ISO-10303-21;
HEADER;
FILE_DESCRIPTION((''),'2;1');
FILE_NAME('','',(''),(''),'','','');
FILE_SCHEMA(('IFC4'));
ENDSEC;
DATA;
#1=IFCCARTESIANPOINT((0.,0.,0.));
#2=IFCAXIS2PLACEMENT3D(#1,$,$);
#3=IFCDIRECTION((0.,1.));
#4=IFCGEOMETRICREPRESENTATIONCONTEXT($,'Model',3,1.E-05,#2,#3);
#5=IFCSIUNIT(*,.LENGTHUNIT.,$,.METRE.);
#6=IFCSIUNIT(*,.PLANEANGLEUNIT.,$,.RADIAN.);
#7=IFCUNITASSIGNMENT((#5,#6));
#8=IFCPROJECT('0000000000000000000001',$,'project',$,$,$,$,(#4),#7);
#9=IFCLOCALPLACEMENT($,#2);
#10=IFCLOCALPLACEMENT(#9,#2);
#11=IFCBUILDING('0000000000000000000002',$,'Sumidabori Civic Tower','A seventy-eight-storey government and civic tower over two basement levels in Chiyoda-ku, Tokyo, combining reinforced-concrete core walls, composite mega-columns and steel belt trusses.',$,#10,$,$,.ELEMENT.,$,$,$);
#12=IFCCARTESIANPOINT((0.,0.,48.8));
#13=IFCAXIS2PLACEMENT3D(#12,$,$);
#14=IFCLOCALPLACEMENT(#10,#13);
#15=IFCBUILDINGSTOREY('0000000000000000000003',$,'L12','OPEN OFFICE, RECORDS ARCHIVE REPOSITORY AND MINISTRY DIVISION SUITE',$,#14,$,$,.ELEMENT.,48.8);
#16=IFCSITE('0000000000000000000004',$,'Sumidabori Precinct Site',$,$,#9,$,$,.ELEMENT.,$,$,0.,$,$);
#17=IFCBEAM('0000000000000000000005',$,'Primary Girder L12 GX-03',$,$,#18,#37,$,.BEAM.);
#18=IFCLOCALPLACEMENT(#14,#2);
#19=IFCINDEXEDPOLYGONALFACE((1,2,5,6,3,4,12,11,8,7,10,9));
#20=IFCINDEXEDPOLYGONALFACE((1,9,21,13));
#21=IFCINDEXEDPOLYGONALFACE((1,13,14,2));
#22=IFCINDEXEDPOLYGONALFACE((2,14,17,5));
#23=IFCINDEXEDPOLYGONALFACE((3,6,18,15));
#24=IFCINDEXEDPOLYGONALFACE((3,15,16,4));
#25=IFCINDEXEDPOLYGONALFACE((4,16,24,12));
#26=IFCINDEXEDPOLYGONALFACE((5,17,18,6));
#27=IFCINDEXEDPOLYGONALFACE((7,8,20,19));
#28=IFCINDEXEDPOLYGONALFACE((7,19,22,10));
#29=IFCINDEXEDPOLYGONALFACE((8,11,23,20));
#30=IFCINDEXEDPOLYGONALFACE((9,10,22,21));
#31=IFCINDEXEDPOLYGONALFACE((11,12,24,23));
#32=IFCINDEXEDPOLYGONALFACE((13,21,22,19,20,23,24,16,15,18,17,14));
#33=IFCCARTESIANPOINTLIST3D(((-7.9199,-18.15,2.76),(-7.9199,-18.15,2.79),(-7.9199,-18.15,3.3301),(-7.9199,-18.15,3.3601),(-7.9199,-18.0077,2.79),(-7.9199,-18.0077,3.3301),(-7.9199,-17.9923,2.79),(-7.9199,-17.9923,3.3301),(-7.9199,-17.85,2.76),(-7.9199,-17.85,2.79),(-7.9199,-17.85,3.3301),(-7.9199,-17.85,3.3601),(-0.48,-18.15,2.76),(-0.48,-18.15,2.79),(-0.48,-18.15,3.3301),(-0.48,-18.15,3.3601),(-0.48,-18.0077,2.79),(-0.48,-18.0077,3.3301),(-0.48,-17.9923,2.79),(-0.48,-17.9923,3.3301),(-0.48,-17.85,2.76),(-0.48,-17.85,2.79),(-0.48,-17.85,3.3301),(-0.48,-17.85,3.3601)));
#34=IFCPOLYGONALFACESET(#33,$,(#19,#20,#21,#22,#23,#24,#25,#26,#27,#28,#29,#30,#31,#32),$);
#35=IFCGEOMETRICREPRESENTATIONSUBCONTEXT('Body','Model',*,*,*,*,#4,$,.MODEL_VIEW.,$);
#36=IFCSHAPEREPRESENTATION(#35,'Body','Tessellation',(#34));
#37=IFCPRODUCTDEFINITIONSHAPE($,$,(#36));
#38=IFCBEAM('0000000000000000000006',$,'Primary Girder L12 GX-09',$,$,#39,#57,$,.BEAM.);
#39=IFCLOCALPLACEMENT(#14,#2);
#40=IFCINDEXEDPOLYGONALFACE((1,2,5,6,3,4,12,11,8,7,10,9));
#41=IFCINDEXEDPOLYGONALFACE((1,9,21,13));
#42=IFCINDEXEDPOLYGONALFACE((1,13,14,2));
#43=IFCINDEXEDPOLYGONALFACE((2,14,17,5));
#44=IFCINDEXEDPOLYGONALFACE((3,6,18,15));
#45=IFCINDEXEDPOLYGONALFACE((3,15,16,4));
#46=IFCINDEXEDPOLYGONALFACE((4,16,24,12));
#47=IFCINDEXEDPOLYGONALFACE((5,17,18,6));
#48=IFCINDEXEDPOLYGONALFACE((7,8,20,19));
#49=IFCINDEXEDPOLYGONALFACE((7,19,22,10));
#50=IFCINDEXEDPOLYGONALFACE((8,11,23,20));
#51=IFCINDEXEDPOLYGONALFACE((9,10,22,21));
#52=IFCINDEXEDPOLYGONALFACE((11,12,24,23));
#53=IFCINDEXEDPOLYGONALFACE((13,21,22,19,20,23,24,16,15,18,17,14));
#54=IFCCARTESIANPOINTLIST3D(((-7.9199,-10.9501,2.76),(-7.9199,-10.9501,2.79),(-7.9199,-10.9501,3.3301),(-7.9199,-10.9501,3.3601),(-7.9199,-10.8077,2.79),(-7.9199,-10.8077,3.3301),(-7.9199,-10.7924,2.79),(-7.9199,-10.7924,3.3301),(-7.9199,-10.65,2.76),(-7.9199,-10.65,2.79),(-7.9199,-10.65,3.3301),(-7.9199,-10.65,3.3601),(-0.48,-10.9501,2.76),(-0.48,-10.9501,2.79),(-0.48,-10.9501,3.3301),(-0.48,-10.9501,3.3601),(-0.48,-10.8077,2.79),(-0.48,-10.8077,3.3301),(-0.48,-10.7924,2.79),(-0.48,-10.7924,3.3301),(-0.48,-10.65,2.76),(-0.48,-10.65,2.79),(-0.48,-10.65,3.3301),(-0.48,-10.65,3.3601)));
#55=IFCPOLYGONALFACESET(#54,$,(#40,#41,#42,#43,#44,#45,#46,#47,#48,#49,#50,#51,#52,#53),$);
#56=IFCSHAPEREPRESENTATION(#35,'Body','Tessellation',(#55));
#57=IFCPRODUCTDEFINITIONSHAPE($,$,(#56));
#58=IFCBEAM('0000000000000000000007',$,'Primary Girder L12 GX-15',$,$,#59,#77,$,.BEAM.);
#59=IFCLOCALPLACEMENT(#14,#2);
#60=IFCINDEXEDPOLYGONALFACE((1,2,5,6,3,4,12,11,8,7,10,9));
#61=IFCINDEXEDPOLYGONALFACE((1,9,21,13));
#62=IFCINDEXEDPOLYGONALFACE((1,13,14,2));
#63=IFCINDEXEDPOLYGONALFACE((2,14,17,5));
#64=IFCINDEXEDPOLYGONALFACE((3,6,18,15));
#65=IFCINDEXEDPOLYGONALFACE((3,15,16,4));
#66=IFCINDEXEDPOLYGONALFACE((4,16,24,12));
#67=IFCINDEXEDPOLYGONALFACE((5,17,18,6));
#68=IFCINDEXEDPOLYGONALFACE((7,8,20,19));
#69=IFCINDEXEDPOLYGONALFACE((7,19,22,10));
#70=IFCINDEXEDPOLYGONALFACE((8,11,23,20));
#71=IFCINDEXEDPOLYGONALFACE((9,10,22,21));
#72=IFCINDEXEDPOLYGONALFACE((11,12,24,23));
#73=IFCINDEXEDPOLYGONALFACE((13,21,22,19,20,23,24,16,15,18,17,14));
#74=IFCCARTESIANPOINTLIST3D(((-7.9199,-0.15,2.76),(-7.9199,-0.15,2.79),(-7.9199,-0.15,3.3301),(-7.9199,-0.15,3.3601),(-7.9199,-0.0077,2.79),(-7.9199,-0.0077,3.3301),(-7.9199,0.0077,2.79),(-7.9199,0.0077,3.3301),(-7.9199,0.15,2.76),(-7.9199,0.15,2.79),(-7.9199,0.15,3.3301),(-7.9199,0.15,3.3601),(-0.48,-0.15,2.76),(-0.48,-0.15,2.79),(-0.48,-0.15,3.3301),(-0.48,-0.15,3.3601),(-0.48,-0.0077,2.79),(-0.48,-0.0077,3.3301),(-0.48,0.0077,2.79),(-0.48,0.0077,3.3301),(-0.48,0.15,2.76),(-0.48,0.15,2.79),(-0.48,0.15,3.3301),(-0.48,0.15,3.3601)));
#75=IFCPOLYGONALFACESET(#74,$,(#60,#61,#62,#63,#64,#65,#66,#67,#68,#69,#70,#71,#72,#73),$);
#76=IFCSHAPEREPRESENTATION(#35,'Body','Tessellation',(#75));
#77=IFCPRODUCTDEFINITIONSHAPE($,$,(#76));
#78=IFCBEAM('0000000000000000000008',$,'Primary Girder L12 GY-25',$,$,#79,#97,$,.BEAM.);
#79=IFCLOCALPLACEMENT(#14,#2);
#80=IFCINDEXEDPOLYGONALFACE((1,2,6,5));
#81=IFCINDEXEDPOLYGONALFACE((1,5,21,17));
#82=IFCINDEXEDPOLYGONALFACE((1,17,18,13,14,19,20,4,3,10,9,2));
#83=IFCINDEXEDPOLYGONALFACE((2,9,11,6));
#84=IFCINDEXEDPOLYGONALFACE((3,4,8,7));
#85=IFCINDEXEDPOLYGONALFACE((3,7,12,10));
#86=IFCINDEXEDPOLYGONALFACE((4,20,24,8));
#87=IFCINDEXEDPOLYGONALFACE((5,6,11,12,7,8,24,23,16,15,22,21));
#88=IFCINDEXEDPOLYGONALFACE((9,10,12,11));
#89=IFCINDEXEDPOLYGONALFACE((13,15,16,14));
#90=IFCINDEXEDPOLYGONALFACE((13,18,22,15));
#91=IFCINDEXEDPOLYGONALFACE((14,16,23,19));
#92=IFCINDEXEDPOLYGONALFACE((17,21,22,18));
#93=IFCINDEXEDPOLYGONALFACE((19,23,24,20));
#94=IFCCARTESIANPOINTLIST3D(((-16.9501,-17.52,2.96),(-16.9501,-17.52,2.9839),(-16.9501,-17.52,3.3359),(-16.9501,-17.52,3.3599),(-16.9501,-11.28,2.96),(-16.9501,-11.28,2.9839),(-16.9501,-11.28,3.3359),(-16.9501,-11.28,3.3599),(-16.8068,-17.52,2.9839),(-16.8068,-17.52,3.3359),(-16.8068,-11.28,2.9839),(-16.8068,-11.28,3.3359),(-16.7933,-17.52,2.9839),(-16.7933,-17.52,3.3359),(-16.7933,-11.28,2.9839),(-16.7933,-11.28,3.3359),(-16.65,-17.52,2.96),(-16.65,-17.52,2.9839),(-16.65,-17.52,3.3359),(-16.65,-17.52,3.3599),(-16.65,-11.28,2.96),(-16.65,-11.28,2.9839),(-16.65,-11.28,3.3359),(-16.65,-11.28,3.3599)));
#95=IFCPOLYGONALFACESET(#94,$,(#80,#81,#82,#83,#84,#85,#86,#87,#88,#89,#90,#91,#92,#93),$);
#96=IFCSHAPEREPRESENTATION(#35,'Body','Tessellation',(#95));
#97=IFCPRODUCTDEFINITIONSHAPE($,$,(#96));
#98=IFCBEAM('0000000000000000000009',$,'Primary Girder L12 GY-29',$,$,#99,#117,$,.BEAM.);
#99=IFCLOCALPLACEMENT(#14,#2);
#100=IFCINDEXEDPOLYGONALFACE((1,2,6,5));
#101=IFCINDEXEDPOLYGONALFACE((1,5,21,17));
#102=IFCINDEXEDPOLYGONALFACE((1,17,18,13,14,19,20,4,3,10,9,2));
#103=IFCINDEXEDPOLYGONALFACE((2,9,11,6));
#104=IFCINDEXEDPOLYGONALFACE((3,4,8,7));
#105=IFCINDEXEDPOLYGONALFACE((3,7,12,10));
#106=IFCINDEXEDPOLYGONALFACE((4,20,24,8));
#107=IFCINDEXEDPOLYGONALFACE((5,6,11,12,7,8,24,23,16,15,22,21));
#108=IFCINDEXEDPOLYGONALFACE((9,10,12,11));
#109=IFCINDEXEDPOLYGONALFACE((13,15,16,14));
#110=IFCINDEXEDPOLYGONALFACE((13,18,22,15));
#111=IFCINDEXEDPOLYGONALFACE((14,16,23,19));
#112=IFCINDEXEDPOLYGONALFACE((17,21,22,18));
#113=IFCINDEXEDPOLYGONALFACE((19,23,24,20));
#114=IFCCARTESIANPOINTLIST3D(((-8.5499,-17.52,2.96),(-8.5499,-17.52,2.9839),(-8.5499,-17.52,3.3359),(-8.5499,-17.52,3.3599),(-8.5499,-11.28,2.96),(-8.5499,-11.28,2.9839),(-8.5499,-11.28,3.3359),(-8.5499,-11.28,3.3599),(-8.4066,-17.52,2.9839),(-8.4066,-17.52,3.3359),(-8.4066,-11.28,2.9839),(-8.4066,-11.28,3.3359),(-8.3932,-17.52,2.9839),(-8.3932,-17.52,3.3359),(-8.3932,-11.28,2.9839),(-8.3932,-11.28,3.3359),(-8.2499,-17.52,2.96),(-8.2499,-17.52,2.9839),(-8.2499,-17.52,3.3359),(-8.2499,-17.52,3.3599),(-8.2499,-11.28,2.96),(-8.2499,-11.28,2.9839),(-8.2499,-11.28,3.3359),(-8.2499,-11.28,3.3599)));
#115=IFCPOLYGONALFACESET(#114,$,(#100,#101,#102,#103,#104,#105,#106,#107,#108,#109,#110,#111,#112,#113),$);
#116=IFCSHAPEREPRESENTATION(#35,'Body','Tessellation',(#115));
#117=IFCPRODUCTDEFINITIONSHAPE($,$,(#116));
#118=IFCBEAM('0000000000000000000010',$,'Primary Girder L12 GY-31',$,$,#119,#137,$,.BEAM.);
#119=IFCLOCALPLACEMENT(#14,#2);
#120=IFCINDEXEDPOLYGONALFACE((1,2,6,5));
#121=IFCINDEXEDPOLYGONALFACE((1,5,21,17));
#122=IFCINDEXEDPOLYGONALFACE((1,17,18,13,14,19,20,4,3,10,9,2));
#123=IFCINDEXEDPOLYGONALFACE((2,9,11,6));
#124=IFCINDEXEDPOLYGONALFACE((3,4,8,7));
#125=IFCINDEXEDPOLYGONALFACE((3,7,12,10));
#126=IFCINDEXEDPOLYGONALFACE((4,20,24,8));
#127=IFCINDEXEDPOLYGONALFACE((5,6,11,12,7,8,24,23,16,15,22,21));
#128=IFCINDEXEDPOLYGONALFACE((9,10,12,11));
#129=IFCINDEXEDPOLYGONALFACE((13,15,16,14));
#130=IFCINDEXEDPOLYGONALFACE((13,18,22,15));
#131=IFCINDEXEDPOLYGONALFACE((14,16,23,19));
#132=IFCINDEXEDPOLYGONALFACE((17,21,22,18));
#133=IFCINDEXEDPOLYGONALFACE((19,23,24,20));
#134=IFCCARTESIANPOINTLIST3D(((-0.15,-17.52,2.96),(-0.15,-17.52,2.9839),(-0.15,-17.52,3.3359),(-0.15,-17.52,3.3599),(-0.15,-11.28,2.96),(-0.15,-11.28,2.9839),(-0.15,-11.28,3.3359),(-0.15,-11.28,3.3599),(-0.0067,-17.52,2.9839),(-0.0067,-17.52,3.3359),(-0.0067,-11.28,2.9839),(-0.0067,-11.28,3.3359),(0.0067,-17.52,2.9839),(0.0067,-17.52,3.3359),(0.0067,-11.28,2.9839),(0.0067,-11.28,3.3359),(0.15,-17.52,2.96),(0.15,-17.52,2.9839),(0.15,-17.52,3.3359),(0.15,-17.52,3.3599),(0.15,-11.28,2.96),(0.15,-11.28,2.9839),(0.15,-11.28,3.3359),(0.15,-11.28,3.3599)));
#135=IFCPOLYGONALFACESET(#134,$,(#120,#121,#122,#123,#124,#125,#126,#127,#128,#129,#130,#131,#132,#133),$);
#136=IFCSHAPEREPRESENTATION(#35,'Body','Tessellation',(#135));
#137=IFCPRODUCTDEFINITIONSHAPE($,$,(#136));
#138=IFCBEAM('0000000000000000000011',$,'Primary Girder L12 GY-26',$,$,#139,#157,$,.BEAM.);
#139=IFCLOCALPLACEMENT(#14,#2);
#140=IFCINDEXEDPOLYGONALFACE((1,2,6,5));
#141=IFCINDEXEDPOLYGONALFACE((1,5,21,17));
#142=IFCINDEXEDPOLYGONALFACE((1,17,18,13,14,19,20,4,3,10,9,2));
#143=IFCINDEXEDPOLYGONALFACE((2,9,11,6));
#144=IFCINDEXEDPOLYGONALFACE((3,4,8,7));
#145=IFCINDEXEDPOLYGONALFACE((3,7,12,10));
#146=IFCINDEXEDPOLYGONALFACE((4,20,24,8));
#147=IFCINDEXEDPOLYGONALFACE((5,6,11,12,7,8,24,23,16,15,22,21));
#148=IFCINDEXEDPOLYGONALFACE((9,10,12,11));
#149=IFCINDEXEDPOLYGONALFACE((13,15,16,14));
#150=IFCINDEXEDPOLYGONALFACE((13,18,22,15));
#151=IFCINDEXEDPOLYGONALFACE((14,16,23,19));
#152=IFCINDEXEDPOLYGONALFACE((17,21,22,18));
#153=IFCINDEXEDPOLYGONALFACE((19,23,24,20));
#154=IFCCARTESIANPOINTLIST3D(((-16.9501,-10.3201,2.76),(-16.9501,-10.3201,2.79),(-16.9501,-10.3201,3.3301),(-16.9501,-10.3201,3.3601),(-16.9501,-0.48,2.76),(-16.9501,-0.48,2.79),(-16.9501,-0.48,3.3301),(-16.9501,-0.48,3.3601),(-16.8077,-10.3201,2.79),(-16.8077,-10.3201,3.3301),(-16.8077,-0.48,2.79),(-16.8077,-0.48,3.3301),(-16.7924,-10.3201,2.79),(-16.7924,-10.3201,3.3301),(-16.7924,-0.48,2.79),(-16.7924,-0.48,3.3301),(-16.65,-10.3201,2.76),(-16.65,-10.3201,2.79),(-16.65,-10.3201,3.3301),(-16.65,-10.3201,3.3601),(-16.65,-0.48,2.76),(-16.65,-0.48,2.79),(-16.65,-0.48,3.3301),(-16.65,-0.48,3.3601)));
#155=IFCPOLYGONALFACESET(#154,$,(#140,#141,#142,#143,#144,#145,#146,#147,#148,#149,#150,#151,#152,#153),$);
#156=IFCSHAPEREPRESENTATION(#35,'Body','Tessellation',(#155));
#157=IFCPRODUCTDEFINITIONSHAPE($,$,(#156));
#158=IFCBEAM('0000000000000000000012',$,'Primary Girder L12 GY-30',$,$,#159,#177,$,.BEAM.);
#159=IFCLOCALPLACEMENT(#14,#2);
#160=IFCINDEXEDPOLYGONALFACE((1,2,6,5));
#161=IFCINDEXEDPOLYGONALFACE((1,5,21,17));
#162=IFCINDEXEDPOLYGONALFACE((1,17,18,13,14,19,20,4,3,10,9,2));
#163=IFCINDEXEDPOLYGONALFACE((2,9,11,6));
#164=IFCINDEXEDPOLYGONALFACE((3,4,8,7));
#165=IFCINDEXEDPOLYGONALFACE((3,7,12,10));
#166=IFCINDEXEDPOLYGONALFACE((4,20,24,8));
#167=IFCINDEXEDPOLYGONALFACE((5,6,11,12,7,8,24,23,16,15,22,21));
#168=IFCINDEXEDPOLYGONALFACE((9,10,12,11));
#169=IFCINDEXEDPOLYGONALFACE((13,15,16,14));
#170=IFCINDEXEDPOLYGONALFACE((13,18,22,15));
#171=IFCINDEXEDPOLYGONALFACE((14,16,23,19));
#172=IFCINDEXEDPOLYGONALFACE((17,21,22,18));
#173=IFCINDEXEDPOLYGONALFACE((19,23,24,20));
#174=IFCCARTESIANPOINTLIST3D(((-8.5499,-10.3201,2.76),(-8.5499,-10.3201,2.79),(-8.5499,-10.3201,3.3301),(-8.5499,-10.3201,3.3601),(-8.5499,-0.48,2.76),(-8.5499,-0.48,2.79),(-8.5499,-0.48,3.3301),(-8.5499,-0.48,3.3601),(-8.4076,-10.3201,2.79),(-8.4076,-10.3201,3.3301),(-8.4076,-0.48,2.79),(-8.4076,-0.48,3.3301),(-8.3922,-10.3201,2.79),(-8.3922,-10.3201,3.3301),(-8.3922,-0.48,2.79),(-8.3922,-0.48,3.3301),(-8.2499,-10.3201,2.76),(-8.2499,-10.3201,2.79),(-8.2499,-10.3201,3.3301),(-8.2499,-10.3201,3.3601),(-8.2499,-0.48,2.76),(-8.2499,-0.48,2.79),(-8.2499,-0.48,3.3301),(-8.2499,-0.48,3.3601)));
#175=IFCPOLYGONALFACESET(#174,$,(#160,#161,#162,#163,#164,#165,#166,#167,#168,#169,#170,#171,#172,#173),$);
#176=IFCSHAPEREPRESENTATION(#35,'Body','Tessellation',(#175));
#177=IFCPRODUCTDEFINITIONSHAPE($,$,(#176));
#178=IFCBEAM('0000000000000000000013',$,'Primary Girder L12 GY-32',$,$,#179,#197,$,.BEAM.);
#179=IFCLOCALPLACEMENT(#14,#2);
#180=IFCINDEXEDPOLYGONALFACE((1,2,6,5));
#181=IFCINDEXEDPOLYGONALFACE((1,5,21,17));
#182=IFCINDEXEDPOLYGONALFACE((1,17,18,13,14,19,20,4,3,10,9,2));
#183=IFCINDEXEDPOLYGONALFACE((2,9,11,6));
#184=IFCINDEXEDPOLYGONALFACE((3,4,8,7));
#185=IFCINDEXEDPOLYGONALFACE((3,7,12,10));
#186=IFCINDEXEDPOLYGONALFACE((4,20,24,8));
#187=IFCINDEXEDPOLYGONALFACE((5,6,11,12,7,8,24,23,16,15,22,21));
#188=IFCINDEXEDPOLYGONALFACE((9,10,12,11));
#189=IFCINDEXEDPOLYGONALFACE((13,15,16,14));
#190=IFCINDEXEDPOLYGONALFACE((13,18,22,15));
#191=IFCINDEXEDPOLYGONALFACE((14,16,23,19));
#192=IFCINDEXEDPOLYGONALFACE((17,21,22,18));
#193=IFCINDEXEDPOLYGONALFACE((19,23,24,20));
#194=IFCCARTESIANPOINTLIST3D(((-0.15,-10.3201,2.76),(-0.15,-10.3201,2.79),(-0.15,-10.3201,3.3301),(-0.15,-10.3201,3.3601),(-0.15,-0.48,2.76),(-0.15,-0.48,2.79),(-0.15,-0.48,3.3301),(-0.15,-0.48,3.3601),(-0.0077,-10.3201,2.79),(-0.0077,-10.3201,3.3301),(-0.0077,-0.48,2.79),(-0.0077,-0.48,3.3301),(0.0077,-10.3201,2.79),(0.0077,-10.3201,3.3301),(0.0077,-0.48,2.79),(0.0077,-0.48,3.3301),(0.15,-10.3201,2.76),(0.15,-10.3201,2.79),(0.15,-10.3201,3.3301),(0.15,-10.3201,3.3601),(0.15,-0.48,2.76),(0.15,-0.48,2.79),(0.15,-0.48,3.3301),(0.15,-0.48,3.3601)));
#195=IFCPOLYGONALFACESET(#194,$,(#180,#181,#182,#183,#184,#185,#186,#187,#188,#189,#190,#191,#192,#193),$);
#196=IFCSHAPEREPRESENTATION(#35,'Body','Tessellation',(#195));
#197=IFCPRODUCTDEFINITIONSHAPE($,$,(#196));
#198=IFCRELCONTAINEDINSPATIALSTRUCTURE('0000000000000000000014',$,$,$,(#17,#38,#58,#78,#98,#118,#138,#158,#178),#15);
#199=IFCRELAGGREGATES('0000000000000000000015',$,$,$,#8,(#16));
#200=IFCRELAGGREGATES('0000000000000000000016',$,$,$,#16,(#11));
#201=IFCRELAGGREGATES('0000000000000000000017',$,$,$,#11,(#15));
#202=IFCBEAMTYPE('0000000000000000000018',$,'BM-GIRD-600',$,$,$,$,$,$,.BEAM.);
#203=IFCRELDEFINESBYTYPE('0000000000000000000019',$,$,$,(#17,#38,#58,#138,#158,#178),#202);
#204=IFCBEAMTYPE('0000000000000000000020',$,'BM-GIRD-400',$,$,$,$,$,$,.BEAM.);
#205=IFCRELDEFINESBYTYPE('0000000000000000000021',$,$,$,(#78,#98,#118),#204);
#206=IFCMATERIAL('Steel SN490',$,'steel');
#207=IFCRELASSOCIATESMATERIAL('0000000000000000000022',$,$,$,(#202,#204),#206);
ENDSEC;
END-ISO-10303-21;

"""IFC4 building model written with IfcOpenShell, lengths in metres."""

from ifc_helpers import new_model, si_unit, direction, frame, origin, origin_2d, place, context, subcontext, project, spatial, i_section, extrude, source, transform, mapped, material, material_profile, profile_set, type_object, element, save


model = new_model("IFC4")

# Units and contexts
model_context = context("Model", 3, precision=1e-05, world=origin(), true_north=direction((0.0, 1.0)))
body_context = subcontext(model_context, "Body", "Model", "MODEL_VIEW")
ifc_project = project(units=[si_unit("LENGTHUNIT", "METRE"), si_unit("PLANEANGLEUNIT", "RADIAN")], contexts=[model_context])

# Site, building, storey
site_placement = place(None, origin())
site = spatial("IfcSite", under=ifc_project, at=site_placement, Name="Sumidabori Precinct Site", CompositionType="ELEMENT", RefElevation=0.0)
building_placement = place(site_placement, origin())
building = spatial("IfcBuilding", under=site, at=building_placement, Name="Sumidabori Civic Tower", Description="A seventy-eight-storey government and civic tower over two basement levels in Chiyoda-ku, Tokyo, combining reinforced-concrete core walls, composite mega-columns and steel belt trusses.", CompositionType="ELEMENT")
storey_placement = place(building_placement, frame((0.0, 0.0, 48.8)))
storey = spatial("IfcBuildingStorey", under=building, at=storey_placement, Name="L12", Description="OPEN OFFICE, RECORDS ARCHIVE REPOSITORY AND MINISTRY DIVISION SUITE", CompositionType="ELEMENT", Elevation=48.8)

# Beams
ifc_material_1 = material(Name="Steel SN490", Category="steel")
ifc_material_profile_1 = material_profile(ifc_material_1, i_section(OverallWidth=0.3, OverallDepth=0.6001, WebThickness=0.0154, FlangeThickness=0.03, at=origin_2d()), Name="HE 600 B")
ifc_profile_set_1 = profile_set([ifc_material_profile_1], Name="Steel SN490")
beam_type_1 = type_object("IfcBeamType", Name="BM-GIRD-600", PredefinedType="BEAM", material=ifc_profile_set_1)
shared_shape_1 = source(origin(), body_context, "Body", "SweptSolid", [
    extrude(i_section(OverallWidth=0.3, OverallDepth=0.6001, WebThickness=0.0154, FlangeThickness=0.03, at=origin_2d()), origin(), (0.0, 0.0, 1.0), 7.4399),
])
for number, where, z_axis, x_axis, name in (
    (1, (-7.9199, -18.0, 3.0601), (1.0, 0.0, 0.0), (0.0, 1.0, 0.0), "Primary Girder L12 GX-03"),
    (2, (-7.9199, -10.8, 3.0601), (1.0, 0.0, 0.0), (0.0, 1.0, 0.0), "Primary Girder L12 GX-09"),
    (3, (-7.9199, 0.0, 3.0601), (1.0, 0.0, 0.0), (0.0, 1.0, 0.0), "Primary Girder L12 GX-15"),
):
    element("IfcBeam", number, at=place(storey_placement, frame(where, z_axis=z_axis, x_axis=x_axis)), inside=storey, type_object=beam_type_1, Name=name, PredefinedType="BEAM", context=body_context, shape_type="MappedRepresentation", body=[
        mapped(shared_shape_1, transform((0.0, 0.0, 0.0), x_axis=(1.0, 0.0, 0.0), y_axis=(0.0, 1.0, 0.0), z_axis=(0.0, 0.0, 1.0), scale=1.0)),
    ])
ifc_material_profile_2 = material_profile(ifc_material_1, i_section(OverallWidth=0.3, OverallDepth=0.3999, WebThickness=0.0134, FlangeThickness=0.0239, at=origin_2d()), Name="HE 400 B")
ifc_profile_set_2 = profile_set([ifc_material_profile_2], Name="Steel SN490")
beam_type_2 = type_object("IfcBeamType", Name="BM-GIRD-400", PredefinedType="BEAM", material=ifc_profile_set_2)
shared_shape_2 = source(origin(), body_context, "Body", "SweptSolid", [
    extrude(i_section(OverallWidth=0.3, OverallDepth=0.3999, WebThickness=0.0134, FlangeThickness=0.0239, at=origin_2d()), origin(), (0.0, 0.0, 1.0), 6.24),
])
for number, where, z_axis, x_axis, name in (
    (4, (-16.8, -17.52, 3.1599), (0.0, 1.0, 0.0), (-1.0, 0.0, 0.0), "Primary Girder L12 GY-25"),
    (5, (-8.3999, -17.52, 3.1599), (0.0, 1.0, 0.0), (-1.0, 0.0, 0.0), "Primary Girder L12 GY-29"),
    (6, (0.0, -17.52, 3.1599), (0.0, 1.0, 0.0), (-1.0, 0.0, 0.0), "Primary Girder L12 GY-31"),
):
    element("IfcBeam", number, at=place(storey_placement, frame(where, z_axis=z_axis, x_axis=x_axis)), inside=storey, type_object=beam_type_2, Name=name, PredefinedType="BEAM", context=body_context, shape_type="MappedRepresentation", body=[
        mapped(shared_shape_2, transform((0.0, 0.0, 0.0), x_axis=(1.0, 0.0, 0.0), y_axis=(0.0, 1.0, 0.0), z_axis=(0.0, 0.0, 1.0), scale=1.0)),
    ])
shared_shape_3 = source(origin(), body_context, "Body", "SweptSolid", [
    extrude(i_section(OverallWidth=0.3, OverallDepth=0.6001, WebThickness=0.0154, FlangeThickness=0.03, at=origin_2d()), origin(), (0.0, 0.0, 1.0), 9.8401),
])
for number, where, z_axis, x_axis, name in (
    (7, (-16.8, -10.3201, 3.0601), (0.0, 1.0, 0.0), (-1.0, 0.0, 0.0), "Primary Girder L12 GY-26"),
    (8, (-8.3999, -10.3201, 3.0601), (0.0, 1.0, 0.0), (-1.0, 0.0, 0.0), "Primary Girder L12 GY-30"),
    (9, (0.0, -10.3201, 3.0601), (0.0, 1.0, 0.0), (-1.0, 0.0, 0.0), "Primary Girder L12 GY-32"),
):
    element("IfcBeam", number, at=place(storey_placement, frame(where, z_axis=z_axis, x_axis=x_axis)), inside=storey, type_object=beam_type_1, Name=name, PredefinedType="BEAM", context=body_context, shape_type="MappedRepresentation", body=[
        mapped(shared_shape_3, transform((0.0, 0.0, 0.0), x_axis=(1.0, 0.0, 0.0), y_axis=(0.0, 1.0, 0.0), z_axis=(0.0, 0.0, 1.0), scale=1.0)),
    ])

save(model, "model.ifc")
